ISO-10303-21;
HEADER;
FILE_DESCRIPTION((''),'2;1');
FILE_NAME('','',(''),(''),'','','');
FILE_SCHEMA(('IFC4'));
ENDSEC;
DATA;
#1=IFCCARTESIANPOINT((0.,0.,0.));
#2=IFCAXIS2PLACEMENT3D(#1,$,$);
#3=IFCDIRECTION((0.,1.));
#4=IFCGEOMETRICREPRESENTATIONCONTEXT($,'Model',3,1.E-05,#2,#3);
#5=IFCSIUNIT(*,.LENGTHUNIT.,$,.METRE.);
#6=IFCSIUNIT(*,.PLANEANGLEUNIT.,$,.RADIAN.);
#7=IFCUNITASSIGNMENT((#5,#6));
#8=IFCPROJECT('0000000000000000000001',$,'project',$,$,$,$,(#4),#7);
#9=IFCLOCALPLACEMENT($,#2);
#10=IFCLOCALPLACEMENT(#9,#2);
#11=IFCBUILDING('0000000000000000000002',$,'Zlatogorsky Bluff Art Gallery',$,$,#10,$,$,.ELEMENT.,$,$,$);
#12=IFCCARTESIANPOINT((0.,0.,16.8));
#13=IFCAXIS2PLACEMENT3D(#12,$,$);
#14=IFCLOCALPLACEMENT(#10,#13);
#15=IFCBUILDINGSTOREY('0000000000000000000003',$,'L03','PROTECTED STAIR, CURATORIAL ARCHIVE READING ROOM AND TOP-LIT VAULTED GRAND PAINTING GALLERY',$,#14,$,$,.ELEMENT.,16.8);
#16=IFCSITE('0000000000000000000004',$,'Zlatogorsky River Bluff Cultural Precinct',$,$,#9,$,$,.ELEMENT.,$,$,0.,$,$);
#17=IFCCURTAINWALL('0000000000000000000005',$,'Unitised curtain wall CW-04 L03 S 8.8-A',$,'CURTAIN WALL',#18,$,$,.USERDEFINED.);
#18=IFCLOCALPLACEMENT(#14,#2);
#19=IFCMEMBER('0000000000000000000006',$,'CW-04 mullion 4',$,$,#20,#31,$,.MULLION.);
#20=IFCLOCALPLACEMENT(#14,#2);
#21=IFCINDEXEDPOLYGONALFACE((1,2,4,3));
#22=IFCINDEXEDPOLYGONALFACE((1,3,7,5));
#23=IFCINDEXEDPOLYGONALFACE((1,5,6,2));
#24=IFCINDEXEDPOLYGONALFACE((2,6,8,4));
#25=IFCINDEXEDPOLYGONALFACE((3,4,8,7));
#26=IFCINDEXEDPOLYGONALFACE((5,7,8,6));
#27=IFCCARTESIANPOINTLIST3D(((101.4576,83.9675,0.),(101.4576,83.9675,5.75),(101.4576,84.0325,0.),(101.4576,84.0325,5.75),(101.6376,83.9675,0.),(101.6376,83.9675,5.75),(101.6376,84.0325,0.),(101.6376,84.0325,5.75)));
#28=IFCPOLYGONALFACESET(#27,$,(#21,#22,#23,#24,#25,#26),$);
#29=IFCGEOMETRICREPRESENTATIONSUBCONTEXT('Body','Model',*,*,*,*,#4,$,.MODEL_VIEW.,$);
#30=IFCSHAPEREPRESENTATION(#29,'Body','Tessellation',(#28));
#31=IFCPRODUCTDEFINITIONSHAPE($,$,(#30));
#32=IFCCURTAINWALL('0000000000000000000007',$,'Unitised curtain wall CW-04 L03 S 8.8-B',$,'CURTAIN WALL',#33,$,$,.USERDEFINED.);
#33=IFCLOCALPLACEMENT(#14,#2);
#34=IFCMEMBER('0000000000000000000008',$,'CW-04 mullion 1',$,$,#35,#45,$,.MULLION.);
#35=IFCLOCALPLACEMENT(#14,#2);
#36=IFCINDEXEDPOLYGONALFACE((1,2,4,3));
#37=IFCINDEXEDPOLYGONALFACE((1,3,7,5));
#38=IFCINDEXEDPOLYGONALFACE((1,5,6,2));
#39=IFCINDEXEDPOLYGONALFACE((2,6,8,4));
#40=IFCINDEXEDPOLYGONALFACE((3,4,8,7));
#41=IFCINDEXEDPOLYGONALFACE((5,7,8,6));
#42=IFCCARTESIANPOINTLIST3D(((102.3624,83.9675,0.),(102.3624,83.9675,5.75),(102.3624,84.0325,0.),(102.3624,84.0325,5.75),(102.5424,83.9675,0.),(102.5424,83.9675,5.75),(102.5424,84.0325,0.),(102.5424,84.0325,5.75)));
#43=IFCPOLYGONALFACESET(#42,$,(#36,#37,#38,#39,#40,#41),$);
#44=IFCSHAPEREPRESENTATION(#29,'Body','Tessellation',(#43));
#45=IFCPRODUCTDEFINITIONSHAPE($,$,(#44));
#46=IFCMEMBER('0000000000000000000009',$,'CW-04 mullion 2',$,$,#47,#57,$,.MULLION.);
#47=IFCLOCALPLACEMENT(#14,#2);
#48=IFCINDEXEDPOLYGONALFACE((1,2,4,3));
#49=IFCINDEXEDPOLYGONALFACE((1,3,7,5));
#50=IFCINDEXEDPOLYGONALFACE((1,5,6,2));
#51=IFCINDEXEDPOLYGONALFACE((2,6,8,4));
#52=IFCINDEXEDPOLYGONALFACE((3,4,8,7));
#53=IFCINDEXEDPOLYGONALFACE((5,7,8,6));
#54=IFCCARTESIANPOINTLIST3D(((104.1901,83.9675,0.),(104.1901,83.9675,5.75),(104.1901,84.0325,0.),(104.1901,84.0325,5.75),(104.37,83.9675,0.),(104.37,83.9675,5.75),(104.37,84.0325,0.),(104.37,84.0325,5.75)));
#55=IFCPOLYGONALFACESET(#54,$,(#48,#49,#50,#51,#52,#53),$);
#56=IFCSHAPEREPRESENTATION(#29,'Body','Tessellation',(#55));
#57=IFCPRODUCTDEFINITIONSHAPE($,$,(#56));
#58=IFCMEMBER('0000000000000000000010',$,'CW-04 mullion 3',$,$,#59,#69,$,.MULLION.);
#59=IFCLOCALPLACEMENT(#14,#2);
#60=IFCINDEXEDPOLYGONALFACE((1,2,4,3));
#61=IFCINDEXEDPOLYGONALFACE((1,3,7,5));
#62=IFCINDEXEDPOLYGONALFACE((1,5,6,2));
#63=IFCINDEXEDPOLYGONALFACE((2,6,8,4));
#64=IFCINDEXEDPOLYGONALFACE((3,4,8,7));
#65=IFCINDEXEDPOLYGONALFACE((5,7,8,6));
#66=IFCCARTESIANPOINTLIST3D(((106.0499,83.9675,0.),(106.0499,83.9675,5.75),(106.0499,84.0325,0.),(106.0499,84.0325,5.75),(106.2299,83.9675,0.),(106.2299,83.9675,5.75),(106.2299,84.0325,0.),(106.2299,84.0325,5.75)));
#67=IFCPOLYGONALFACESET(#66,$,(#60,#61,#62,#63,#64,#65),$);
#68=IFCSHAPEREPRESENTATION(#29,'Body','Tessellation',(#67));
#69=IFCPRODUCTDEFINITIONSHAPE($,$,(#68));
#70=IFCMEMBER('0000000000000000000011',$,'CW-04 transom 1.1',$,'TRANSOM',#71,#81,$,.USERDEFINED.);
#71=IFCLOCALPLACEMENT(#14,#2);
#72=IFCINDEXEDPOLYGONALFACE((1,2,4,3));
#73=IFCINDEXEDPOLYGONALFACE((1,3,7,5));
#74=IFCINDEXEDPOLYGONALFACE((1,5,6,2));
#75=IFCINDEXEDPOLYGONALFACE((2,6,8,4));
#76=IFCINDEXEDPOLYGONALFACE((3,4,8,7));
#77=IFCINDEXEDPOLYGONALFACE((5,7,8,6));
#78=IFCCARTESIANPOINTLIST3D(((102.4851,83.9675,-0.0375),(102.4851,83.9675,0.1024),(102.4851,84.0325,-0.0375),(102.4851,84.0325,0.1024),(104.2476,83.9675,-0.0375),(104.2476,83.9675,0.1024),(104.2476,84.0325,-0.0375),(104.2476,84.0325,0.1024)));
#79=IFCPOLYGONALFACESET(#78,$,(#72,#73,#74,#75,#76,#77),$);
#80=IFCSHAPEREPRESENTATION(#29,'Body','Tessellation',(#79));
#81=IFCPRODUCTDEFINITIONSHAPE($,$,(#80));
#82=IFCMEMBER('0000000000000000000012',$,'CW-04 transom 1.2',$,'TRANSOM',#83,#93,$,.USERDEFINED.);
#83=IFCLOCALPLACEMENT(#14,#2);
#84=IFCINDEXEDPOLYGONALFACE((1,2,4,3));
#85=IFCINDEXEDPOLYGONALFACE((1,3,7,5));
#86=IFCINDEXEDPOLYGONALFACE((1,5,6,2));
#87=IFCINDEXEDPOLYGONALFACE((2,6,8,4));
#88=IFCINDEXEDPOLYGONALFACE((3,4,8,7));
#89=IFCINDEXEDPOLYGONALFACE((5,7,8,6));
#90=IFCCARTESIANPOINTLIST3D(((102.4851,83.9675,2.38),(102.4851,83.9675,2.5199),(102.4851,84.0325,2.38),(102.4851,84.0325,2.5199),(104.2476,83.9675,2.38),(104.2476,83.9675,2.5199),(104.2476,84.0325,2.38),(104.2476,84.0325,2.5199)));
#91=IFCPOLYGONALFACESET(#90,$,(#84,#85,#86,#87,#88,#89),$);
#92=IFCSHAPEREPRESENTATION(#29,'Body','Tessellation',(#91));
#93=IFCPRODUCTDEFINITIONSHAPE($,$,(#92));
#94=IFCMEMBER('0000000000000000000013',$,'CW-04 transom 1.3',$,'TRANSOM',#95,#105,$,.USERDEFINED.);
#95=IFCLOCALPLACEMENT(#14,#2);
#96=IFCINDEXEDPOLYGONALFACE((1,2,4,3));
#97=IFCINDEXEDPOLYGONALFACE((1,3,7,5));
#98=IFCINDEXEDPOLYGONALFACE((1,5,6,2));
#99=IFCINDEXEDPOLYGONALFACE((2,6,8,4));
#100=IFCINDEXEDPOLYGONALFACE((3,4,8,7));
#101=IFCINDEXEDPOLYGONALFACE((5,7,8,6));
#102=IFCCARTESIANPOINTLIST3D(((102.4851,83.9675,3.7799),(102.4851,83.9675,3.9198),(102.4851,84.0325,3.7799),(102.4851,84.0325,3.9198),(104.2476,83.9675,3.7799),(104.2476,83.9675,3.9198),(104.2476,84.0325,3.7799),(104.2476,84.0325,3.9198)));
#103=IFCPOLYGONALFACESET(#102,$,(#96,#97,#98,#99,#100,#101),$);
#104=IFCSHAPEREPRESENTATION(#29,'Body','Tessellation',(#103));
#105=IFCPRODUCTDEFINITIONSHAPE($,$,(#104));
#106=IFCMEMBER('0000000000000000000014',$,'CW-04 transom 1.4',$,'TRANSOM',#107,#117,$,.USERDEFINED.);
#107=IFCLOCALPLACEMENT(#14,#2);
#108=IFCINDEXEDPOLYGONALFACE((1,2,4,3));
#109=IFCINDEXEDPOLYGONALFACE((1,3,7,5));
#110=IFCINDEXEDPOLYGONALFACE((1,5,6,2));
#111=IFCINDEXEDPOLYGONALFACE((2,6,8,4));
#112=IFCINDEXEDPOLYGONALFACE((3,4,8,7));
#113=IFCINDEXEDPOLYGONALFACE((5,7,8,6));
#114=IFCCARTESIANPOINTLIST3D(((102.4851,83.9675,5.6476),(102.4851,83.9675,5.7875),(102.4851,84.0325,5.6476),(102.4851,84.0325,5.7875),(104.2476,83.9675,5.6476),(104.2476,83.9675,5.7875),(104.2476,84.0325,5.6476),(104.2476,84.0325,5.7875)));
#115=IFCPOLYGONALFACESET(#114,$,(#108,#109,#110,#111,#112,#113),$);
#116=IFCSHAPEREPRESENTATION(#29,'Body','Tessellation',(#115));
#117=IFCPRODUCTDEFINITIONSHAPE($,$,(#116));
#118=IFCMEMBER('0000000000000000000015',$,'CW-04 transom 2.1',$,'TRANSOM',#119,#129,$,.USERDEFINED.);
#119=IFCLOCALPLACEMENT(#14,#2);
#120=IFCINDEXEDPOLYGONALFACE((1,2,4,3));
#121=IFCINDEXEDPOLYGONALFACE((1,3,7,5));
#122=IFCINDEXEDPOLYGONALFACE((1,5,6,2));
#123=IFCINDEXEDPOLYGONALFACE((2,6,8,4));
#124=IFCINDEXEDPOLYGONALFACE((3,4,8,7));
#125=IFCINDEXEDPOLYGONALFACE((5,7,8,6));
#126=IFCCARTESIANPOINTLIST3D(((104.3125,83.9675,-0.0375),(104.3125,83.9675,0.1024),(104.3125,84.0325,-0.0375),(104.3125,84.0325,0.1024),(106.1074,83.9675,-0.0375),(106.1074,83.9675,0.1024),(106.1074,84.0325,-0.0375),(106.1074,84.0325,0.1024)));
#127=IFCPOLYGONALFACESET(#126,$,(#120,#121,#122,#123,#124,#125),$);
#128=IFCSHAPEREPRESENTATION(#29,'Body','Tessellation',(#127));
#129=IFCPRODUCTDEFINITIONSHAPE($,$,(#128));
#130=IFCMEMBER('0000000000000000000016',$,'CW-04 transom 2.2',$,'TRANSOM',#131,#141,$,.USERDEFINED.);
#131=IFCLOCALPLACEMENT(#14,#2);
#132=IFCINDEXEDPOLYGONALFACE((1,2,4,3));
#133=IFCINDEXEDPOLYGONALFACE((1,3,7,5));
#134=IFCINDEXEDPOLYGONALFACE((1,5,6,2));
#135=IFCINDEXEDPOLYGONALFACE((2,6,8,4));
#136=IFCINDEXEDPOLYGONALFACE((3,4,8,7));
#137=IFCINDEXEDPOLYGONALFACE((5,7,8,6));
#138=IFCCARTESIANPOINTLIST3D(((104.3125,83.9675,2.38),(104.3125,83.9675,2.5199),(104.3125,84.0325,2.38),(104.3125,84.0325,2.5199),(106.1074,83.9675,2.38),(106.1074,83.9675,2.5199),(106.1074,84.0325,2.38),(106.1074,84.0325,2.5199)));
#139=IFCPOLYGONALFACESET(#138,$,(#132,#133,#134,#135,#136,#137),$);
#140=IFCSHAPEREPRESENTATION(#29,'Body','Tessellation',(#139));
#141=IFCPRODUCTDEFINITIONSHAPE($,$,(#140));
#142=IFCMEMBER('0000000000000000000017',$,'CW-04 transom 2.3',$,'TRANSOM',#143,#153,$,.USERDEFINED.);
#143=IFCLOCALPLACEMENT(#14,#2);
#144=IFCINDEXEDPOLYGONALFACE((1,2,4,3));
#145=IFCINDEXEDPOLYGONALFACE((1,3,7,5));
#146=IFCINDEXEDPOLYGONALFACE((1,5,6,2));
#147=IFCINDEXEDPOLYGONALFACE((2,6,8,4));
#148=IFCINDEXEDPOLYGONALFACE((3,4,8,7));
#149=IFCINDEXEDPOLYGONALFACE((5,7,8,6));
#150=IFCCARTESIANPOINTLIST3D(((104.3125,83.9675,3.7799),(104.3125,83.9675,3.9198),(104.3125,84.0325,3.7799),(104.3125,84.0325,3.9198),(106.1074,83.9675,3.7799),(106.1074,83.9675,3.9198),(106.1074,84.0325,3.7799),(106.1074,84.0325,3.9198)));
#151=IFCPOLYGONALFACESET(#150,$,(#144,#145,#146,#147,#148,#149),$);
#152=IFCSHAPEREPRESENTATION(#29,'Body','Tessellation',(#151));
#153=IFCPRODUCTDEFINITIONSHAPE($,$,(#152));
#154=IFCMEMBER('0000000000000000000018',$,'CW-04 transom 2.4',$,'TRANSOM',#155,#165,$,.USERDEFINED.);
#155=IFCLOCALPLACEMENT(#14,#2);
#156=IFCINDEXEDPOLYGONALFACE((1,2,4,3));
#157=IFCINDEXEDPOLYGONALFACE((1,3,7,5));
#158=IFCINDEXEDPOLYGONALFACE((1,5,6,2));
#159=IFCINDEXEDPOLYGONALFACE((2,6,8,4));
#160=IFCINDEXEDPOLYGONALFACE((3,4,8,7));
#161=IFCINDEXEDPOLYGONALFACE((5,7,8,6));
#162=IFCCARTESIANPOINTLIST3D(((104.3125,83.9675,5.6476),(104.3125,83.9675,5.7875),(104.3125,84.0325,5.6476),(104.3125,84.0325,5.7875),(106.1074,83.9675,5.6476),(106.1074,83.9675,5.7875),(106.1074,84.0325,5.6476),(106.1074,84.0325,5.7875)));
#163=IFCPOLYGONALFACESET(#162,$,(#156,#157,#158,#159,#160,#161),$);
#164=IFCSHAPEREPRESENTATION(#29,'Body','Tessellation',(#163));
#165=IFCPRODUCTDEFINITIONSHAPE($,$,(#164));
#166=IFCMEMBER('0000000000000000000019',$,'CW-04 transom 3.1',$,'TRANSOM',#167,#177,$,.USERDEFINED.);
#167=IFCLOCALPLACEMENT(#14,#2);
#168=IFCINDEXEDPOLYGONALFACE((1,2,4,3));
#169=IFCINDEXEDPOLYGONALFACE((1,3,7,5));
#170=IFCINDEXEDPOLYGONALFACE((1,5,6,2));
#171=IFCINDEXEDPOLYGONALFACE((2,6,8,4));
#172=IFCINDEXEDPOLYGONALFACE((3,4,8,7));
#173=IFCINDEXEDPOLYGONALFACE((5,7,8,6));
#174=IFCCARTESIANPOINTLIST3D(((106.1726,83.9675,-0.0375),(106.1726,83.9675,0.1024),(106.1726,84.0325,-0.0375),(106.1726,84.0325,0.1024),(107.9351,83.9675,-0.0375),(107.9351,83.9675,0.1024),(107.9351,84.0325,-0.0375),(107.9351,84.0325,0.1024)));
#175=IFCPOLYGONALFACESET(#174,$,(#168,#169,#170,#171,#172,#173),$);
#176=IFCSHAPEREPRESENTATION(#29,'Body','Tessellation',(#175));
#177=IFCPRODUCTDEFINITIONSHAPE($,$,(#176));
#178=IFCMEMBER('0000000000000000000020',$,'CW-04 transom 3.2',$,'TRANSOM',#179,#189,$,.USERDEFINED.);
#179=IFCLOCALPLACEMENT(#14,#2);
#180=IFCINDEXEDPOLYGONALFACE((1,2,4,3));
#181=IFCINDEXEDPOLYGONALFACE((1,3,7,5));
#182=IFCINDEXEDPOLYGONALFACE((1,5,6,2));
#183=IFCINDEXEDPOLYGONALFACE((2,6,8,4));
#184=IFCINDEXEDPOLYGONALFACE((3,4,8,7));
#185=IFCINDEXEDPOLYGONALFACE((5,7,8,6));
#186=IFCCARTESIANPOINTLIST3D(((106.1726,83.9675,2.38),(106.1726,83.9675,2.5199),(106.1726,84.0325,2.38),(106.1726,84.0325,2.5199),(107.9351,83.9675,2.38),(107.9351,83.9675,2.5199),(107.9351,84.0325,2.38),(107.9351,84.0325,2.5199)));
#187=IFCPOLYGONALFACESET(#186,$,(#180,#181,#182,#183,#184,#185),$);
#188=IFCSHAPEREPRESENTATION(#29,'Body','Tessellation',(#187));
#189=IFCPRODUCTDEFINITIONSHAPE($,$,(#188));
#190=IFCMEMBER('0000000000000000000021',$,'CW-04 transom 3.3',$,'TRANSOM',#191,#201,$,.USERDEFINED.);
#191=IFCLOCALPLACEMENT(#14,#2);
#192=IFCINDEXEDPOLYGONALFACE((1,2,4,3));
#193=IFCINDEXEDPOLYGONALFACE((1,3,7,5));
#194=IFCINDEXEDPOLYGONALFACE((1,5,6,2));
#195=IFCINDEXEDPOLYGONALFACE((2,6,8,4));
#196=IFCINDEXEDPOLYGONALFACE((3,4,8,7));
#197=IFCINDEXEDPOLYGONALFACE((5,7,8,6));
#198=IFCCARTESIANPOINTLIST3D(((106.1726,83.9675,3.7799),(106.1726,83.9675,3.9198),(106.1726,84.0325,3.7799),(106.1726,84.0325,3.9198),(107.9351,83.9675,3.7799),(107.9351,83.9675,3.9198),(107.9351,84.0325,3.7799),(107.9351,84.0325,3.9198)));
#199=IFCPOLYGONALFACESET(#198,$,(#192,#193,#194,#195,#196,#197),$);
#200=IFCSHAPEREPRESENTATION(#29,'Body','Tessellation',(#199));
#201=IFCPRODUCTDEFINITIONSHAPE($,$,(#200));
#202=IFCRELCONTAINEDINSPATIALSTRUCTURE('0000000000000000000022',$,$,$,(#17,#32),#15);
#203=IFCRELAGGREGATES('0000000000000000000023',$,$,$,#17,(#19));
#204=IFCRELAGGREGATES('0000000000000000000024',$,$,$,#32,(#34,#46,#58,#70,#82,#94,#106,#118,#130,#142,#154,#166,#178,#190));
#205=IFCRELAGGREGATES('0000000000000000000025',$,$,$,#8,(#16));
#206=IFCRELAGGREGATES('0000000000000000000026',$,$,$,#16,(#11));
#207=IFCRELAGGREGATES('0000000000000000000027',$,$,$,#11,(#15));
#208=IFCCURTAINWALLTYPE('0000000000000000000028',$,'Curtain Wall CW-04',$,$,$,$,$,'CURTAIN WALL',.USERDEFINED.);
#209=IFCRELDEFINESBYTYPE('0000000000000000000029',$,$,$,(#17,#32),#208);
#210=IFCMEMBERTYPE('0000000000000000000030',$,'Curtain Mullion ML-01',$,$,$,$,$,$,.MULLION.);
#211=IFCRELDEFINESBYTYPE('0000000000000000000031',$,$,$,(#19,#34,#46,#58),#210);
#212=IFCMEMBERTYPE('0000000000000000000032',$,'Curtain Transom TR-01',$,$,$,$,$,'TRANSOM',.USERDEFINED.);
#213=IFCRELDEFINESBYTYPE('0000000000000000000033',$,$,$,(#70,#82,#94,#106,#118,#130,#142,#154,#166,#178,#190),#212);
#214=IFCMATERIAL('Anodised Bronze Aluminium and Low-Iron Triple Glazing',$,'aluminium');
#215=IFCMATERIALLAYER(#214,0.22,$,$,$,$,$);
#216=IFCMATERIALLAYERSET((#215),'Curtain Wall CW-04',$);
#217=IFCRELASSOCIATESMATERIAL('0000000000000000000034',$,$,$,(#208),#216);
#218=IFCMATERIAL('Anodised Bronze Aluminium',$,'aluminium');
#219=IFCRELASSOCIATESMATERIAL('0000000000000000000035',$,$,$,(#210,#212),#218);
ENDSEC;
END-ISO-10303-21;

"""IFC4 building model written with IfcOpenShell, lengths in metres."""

from ifc_helpers import new_model, si_unit, direction, frame, origin, origin_2d, place, context, subcontext, project, spatial, rectangle, extrude, material, layer, layer_set, material_profile, profile_set, type_object, element, aggregate, save


model = new_model("IFC4")

# Units and contexts
model_context = context("Model", 3, precision=1e-05, world=origin(), true_north=direction((0.0, 1.0)))
body_context = subcontext(model_context, "Body", "Model", "MODEL_VIEW")
ifc_project = project(units=[si_unit("LENGTHUNIT", "METRE"), si_unit("PLANEANGLEUNIT", "RADIAN")], contexts=[model_context])

# Site, building, storey
site_placement = place(None, origin())
site = spatial("IfcSite", under=ifc_project, at=site_placement, Name="Zlatogorsky River Bluff Cultural Precinct", CompositionType="ELEMENT", RefElevation=0.0)
building_placement = place(site_placement, origin())
building = spatial("IfcBuilding", under=site, at=building_placement, Name="Zlatogorsky Bluff Art Gallery", CompositionType="ELEMENT")
storey_placement = place(building_placement, frame((0.0, 0.0, 16.8)))
storey = spatial("IfcBuildingStorey", under=building, at=storey_placement, Name="L03", Description="PROTECTED STAIR, CURATORIAL ARCHIVE READING ROOM AND TOP-LIT VAULTED GRAND PAINTING GALLERY", CompositionType="ELEMENT", Elevation=16.8)

# Curtain wall, member
ifc_material_1 = material(Name="Anodised Bronze Aluminium and Low-Iron Triple Glazing", Category="aluminium")
ifc_layer_1 = layer(ifc_material_1, 0.22)
ifc_layer_set_1 = layer_set([ifc_layer_1], Name="Curtain Wall CW-04")
curtain_wall_type = type_object("IfcCurtainWallType", Name="Curtain Wall CW-04", ElementType="CURTAIN WALL", PredefinedType="USERDEFINED", material=ifc_layer_set_1)
curtain_wall_1_placement = place(storey_placement, origin())
curtain_wall_1 = element("IfcCurtainWall", 1, at=curtain_wall_1_placement, inside=storey, type_object=curtain_wall_type, Name="Unitised curtain wall CW-04 L03 S 8.8-A", ObjectType="CURTAIN WALL", PredefinedType="USERDEFINED")
ifc_material_2 = material(Name="Anodised Bronze Aluminium", Category="aluminium")
ifc_material_profile_1 = material_profile(ifc_material_2, rectangle(XDim=0.0649, YDim=0.1799, at=origin_2d()), Name="ALU MULLION 65x180")
ifc_profile_set_1 = profile_set([ifc_material_profile_1], Name="Anodised Bronze Aluminium")
member_type_1 = type_object("IfcMemberType", Name="Curtain Mullion ML-01", PredefinedType="MULLION", material=ifc_profile_set_1)
member_1_placement = place(storey_placement, frame((101.5476, 84.0, 0.0), z_axis=(0.0, 0.0, 1.0), x_axis=(0.0, 1.0, 0.0)))
member_1 = element("IfcMember", 2, at=member_1_placement, type_object=member_type_1, Name="CW-04 mullion 4", PredefinedType="MULLION", context=body_context, shape_type="SweptSolid", body=[
    extrude(rectangle(XDim=0.0649, YDim=0.1799, at=origin_2d()), origin(), (0.0, 0.0, 1.0), 5.75),
])

# Curtain wall, members
curtain_wall_2_placement = place(storey_placement, origin())
curtain_wall_2 = element("IfcCurtainWall", 3, at=curtain_wall_2_placement, inside=storey, type_object=curtain_wall_type, Name="Unitised curtain wall CW-04 L03 S 8.8-B", ObjectType="CURTAIN WALL", PredefinedType="USERDEFINED")
member_2_placement = place(storey_placement, frame((102.4524, 84.0, 0.0), z_axis=(0.0, 0.0, 1.0), x_axis=(0.0, 1.0, 0.0)))
member_2 = element("IfcMember", 4, at=member_2_placement, type_object=member_type_1, Name="CW-04 mullion 1", PredefinedType="MULLION", context=body_context, shape_type="SweptSolid", body=[
    extrude(rectangle(XDim=0.0649, YDim=0.1799, at=origin_2d()), origin(), (0.0, 0.0, 1.0), 5.75),
])
member_3_placement = place(storey_placement, frame((104.28, 84.0, 0.0), z_axis=(0.0, 0.0, 1.0), x_axis=(0.0, 1.0, 0.0)))
member_3 = element("IfcMember", 5, at=member_3_placement, type_object=member_type_1, Name="CW-04 mullion 2", PredefinedType="MULLION", context=body_context, shape_type="SweptSolid", body=[
    extrude(rectangle(XDim=0.0649, YDim=0.1799, at=origin_2d()), origin(), (0.0, 0.0, 1.0), 5.75),
])
member_4_placement = place(storey_placement, frame((106.1399, 84.0, 0.0), z_axis=(0.0, 0.0, 1.0), x_axis=(0.0, 1.0, 0.0)))
member_4 = element("IfcMember", 6, at=member_4_placement, type_object=member_type_1, Name="CW-04 mullion 3", PredefinedType="MULLION", context=body_context, shape_type="SweptSolid", body=[
    extrude(rectangle(XDim=0.0649, YDim=0.1799, at=origin_2d()), origin(), (0.0, 0.0, 1.0), 5.75),
])
ifc_material_profile_2 = material_profile(ifc_material_2, rectangle(XDim=0.0649, YDim=0.1399, at=origin_2d()), Name="ALU TRANSOM 65x140")
ifc_profile_set_2 = profile_set([ifc_material_profile_2], Name="Anodised Bronze Aluminium")
member_type_2 = type_object("IfcMemberType", Name="Curtain Transom TR-01", ElementType="TRANSOM", PredefinedType="USERDEFINED", material=ifc_profile_set_2)
member_5_placement = place(storey_placement, frame((102.4851, 84.0, 0.0325), z_axis=(1.0, 0.0, 0.0), x_axis=(0.0, 1.0, 0.0)))
member_5 = element("IfcMember", 7, at=member_5_placement, type_object=member_type_2, Name="CW-04 transom 1.1", ObjectType="TRANSOM", PredefinedType="USERDEFINED", context=body_context, shape_type="SweptSolid", body=[
    extrude(rectangle(XDim=0.0649, YDim=0.1399, at=origin_2d()), origin(), (0.0, 0.0, 1.0), 1.7625),
])
member_6_placement = place(storey_placement, frame((102.4851, 84.0, 2.45), z_axis=(1.0, 0.0, 0.0), x_axis=(0.0, 1.0, 0.0)))
member_6 = element("IfcMember", 8, at=member_6_placement, type_object=member_type_2, Name="CW-04 transom 1.2", ObjectType="TRANSOM", PredefinedType="USERDEFINED", context=body_context, shape_type="SweptSolid", body=[
    extrude(rectangle(XDim=0.0649, YDim=0.1399, at=origin_2d()), origin(), (0.0, 0.0, 1.0), 1.7625),
])
member_7_placement = place(storey_placement, frame((102.4851, 84.0, 3.8499), z_axis=(1.0, 0.0, 0.0), x_axis=(0.0, 1.0, 0.0)))
member_7 = element("IfcMember", 9, at=member_7_placement, type_object=member_type_2, Name="CW-04 transom 1.3", ObjectType="TRANSOM", PredefinedType="USERDEFINED", context=body_context, shape_type="SweptSolid", body=[
    extrude(rectangle(XDim=0.0649, YDim=0.1399, at=origin_2d()), origin(), (0.0, 0.0, 1.0), 1.7625),
])
member_8_placement = place(storey_placement, frame((102.4851, 84.0, 5.7175), z_axis=(1.0, 0.0, 0.0), x_axis=(0.0, 1.0, 0.0)))
member_8 = element("IfcMember", 10, at=member_8_placement, type_object=member_type_2, Name="CW-04 transom 1.4", ObjectType="TRANSOM", PredefinedType="USERDEFINED", context=body_context, shape_type="SweptSolid", body=[
    extrude(rectangle(XDim=0.0649, YDim=0.1399, at=origin_2d()), origin(), (0.0, 0.0, 1.0), 1.7625),
])
member_9_placement = place(storey_placement, frame((104.3125, 84.0, 0.0325), z_axis=(1.0, 0.0, 0.0), x_axis=(0.0, 1.0, 0.0)))
member_9 = element("IfcMember", 11, at=member_9_placement, type_object=member_type_2, Name="CW-04 transom 2.1", ObjectType="TRANSOM", PredefinedType="USERDEFINED", context=body_context, shape_type="SweptSolid", body=[
    extrude(rectangle(XDim=0.0649, YDim=0.1399, at=origin_2d()), origin(), (0.0, 0.0, 1.0), 1.7949),
])
member_10_placement = place(storey_placement, frame((104.3125, 84.0, 2.45), z_axis=(1.0, 0.0, 0.0), x_axis=(0.0, 1.0, 0.0)))
member_10 = element("IfcMember", 12, at=member_10_placement, type_object=member_type_2, Name="CW-04 transom 2.2", ObjectType="TRANSOM", PredefinedType="USERDEFINED", context=body_context, shape_type="SweptSolid", body=[
    extrude(rectangle(XDim=0.0649, YDim=0.1399, at=origin_2d()), origin(), (0.0, 0.0, 1.0), 1.7949),
])
member_11_placement = place(storey_placement, frame((104.3125, 84.0, 3.8499), z_axis=(1.0, 0.0, 0.0), x_axis=(0.0, 1.0, 0.0)))
member_11 = element("IfcMember", 13, at=member_11_placement, type_object=member_type_2, Name="CW-04 transom 2.3", ObjectType="TRANSOM", PredefinedType="USERDEFINED", context=body_context, shape_type="SweptSolid", body=[
    extrude(rectangle(XDim=0.0649, YDim=0.1399, at=origin_2d()), origin(), (0.0, 0.0, 1.0), 1.7949),
])
member_12_placement = place(storey_placement, frame((104.3125, 84.0, 5.7175), z_axis=(1.0, 0.0, 0.0), x_axis=(0.0, 1.0, 0.0)))
member_12 = element("IfcMember", 14, at=member_12_placement, type_object=member_type_2, Name="CW-04 transom 2.4", ObjectType="TRANSOM", PredefinedType="USERDEFINED", context=body_context, shape_type="SweptSolid", body=[
    extrude(rectangle(XDim=0.0649, YDim=0.1399, at=origin_2d()), origin(), (0.0, 0.0, 1.0), 1.7949),
])
member_13_placement = place(storey_placement, frame((106.1726, 84.0, 0.0325), z_axis=(1.0, 0.0, 0.0), x_axis=(0.0, 1.0, 0.0)))
member_13 = element("IfcMember", 15, at=member_13_placement, type_object=member_type_2, Name="CW-04 transom 3.1", ObjectType="TRANSOM", PredefinedType="USERDEFINED", context=body_context, shape_type="SweptSolid", body=[
    extrude(rectangle(XDim=0.0649, YDim=0.1399, at=origin_2d()), origin(), (0.0, 0.0, 1.0), 1.7625),
])
member_14_placement = place(storey_placement, frame((106.1726, 84.0, 2.45), z_axis=(1.0, 0.0, 0.0), x_axis=(0.0, 1.0, 0.0)))
member_14 = element("IfcMember", 16, at=member_14_placement, type_object=member_type_2, Name="CW-04 transom 3.2", ObjectType="TRANSOM", PredefinedType="USERDEFINED", context=body_context, shape_type="SweptSolid", body=[
    extrude(rectangle(XDim=0.0649, YDim=0.1399, at=origin_2d()), origin(), (0.0, 0.0, 1.0), 1.7625),
])
member_15_placement = place(storey_placement, frame((106.1726, 84.0, 3.8499), z_axis=(1.0, 0.0, 0.0), x_axis=(0.0, 1.0, 0.0)))
member_15 = element("IfcMember", 17, at=member_15_placement, type_object=member_type_2, Name="CW-04 transom 3.3", ObjectType="TRANSOM", PredefinedType="USERDEFINED", context=body_context, shape_type="SweptSolid", body=[
    extrude(rectangle(XDim=0.0649, YDim=0.1399, at=origin_2d()), origin(), (0.0, 0.0, 1.0), 1.7625),
])

aggregate(curtain_wall_1, [member_1])
aggregate(curtain_wall_2, [member_2, member_3, member_4, member_5, member_6, member_7, member_8, member_9, member_10, member_11, member_12, member_13, member_14, member_15])

save(model, "model.ifc")
